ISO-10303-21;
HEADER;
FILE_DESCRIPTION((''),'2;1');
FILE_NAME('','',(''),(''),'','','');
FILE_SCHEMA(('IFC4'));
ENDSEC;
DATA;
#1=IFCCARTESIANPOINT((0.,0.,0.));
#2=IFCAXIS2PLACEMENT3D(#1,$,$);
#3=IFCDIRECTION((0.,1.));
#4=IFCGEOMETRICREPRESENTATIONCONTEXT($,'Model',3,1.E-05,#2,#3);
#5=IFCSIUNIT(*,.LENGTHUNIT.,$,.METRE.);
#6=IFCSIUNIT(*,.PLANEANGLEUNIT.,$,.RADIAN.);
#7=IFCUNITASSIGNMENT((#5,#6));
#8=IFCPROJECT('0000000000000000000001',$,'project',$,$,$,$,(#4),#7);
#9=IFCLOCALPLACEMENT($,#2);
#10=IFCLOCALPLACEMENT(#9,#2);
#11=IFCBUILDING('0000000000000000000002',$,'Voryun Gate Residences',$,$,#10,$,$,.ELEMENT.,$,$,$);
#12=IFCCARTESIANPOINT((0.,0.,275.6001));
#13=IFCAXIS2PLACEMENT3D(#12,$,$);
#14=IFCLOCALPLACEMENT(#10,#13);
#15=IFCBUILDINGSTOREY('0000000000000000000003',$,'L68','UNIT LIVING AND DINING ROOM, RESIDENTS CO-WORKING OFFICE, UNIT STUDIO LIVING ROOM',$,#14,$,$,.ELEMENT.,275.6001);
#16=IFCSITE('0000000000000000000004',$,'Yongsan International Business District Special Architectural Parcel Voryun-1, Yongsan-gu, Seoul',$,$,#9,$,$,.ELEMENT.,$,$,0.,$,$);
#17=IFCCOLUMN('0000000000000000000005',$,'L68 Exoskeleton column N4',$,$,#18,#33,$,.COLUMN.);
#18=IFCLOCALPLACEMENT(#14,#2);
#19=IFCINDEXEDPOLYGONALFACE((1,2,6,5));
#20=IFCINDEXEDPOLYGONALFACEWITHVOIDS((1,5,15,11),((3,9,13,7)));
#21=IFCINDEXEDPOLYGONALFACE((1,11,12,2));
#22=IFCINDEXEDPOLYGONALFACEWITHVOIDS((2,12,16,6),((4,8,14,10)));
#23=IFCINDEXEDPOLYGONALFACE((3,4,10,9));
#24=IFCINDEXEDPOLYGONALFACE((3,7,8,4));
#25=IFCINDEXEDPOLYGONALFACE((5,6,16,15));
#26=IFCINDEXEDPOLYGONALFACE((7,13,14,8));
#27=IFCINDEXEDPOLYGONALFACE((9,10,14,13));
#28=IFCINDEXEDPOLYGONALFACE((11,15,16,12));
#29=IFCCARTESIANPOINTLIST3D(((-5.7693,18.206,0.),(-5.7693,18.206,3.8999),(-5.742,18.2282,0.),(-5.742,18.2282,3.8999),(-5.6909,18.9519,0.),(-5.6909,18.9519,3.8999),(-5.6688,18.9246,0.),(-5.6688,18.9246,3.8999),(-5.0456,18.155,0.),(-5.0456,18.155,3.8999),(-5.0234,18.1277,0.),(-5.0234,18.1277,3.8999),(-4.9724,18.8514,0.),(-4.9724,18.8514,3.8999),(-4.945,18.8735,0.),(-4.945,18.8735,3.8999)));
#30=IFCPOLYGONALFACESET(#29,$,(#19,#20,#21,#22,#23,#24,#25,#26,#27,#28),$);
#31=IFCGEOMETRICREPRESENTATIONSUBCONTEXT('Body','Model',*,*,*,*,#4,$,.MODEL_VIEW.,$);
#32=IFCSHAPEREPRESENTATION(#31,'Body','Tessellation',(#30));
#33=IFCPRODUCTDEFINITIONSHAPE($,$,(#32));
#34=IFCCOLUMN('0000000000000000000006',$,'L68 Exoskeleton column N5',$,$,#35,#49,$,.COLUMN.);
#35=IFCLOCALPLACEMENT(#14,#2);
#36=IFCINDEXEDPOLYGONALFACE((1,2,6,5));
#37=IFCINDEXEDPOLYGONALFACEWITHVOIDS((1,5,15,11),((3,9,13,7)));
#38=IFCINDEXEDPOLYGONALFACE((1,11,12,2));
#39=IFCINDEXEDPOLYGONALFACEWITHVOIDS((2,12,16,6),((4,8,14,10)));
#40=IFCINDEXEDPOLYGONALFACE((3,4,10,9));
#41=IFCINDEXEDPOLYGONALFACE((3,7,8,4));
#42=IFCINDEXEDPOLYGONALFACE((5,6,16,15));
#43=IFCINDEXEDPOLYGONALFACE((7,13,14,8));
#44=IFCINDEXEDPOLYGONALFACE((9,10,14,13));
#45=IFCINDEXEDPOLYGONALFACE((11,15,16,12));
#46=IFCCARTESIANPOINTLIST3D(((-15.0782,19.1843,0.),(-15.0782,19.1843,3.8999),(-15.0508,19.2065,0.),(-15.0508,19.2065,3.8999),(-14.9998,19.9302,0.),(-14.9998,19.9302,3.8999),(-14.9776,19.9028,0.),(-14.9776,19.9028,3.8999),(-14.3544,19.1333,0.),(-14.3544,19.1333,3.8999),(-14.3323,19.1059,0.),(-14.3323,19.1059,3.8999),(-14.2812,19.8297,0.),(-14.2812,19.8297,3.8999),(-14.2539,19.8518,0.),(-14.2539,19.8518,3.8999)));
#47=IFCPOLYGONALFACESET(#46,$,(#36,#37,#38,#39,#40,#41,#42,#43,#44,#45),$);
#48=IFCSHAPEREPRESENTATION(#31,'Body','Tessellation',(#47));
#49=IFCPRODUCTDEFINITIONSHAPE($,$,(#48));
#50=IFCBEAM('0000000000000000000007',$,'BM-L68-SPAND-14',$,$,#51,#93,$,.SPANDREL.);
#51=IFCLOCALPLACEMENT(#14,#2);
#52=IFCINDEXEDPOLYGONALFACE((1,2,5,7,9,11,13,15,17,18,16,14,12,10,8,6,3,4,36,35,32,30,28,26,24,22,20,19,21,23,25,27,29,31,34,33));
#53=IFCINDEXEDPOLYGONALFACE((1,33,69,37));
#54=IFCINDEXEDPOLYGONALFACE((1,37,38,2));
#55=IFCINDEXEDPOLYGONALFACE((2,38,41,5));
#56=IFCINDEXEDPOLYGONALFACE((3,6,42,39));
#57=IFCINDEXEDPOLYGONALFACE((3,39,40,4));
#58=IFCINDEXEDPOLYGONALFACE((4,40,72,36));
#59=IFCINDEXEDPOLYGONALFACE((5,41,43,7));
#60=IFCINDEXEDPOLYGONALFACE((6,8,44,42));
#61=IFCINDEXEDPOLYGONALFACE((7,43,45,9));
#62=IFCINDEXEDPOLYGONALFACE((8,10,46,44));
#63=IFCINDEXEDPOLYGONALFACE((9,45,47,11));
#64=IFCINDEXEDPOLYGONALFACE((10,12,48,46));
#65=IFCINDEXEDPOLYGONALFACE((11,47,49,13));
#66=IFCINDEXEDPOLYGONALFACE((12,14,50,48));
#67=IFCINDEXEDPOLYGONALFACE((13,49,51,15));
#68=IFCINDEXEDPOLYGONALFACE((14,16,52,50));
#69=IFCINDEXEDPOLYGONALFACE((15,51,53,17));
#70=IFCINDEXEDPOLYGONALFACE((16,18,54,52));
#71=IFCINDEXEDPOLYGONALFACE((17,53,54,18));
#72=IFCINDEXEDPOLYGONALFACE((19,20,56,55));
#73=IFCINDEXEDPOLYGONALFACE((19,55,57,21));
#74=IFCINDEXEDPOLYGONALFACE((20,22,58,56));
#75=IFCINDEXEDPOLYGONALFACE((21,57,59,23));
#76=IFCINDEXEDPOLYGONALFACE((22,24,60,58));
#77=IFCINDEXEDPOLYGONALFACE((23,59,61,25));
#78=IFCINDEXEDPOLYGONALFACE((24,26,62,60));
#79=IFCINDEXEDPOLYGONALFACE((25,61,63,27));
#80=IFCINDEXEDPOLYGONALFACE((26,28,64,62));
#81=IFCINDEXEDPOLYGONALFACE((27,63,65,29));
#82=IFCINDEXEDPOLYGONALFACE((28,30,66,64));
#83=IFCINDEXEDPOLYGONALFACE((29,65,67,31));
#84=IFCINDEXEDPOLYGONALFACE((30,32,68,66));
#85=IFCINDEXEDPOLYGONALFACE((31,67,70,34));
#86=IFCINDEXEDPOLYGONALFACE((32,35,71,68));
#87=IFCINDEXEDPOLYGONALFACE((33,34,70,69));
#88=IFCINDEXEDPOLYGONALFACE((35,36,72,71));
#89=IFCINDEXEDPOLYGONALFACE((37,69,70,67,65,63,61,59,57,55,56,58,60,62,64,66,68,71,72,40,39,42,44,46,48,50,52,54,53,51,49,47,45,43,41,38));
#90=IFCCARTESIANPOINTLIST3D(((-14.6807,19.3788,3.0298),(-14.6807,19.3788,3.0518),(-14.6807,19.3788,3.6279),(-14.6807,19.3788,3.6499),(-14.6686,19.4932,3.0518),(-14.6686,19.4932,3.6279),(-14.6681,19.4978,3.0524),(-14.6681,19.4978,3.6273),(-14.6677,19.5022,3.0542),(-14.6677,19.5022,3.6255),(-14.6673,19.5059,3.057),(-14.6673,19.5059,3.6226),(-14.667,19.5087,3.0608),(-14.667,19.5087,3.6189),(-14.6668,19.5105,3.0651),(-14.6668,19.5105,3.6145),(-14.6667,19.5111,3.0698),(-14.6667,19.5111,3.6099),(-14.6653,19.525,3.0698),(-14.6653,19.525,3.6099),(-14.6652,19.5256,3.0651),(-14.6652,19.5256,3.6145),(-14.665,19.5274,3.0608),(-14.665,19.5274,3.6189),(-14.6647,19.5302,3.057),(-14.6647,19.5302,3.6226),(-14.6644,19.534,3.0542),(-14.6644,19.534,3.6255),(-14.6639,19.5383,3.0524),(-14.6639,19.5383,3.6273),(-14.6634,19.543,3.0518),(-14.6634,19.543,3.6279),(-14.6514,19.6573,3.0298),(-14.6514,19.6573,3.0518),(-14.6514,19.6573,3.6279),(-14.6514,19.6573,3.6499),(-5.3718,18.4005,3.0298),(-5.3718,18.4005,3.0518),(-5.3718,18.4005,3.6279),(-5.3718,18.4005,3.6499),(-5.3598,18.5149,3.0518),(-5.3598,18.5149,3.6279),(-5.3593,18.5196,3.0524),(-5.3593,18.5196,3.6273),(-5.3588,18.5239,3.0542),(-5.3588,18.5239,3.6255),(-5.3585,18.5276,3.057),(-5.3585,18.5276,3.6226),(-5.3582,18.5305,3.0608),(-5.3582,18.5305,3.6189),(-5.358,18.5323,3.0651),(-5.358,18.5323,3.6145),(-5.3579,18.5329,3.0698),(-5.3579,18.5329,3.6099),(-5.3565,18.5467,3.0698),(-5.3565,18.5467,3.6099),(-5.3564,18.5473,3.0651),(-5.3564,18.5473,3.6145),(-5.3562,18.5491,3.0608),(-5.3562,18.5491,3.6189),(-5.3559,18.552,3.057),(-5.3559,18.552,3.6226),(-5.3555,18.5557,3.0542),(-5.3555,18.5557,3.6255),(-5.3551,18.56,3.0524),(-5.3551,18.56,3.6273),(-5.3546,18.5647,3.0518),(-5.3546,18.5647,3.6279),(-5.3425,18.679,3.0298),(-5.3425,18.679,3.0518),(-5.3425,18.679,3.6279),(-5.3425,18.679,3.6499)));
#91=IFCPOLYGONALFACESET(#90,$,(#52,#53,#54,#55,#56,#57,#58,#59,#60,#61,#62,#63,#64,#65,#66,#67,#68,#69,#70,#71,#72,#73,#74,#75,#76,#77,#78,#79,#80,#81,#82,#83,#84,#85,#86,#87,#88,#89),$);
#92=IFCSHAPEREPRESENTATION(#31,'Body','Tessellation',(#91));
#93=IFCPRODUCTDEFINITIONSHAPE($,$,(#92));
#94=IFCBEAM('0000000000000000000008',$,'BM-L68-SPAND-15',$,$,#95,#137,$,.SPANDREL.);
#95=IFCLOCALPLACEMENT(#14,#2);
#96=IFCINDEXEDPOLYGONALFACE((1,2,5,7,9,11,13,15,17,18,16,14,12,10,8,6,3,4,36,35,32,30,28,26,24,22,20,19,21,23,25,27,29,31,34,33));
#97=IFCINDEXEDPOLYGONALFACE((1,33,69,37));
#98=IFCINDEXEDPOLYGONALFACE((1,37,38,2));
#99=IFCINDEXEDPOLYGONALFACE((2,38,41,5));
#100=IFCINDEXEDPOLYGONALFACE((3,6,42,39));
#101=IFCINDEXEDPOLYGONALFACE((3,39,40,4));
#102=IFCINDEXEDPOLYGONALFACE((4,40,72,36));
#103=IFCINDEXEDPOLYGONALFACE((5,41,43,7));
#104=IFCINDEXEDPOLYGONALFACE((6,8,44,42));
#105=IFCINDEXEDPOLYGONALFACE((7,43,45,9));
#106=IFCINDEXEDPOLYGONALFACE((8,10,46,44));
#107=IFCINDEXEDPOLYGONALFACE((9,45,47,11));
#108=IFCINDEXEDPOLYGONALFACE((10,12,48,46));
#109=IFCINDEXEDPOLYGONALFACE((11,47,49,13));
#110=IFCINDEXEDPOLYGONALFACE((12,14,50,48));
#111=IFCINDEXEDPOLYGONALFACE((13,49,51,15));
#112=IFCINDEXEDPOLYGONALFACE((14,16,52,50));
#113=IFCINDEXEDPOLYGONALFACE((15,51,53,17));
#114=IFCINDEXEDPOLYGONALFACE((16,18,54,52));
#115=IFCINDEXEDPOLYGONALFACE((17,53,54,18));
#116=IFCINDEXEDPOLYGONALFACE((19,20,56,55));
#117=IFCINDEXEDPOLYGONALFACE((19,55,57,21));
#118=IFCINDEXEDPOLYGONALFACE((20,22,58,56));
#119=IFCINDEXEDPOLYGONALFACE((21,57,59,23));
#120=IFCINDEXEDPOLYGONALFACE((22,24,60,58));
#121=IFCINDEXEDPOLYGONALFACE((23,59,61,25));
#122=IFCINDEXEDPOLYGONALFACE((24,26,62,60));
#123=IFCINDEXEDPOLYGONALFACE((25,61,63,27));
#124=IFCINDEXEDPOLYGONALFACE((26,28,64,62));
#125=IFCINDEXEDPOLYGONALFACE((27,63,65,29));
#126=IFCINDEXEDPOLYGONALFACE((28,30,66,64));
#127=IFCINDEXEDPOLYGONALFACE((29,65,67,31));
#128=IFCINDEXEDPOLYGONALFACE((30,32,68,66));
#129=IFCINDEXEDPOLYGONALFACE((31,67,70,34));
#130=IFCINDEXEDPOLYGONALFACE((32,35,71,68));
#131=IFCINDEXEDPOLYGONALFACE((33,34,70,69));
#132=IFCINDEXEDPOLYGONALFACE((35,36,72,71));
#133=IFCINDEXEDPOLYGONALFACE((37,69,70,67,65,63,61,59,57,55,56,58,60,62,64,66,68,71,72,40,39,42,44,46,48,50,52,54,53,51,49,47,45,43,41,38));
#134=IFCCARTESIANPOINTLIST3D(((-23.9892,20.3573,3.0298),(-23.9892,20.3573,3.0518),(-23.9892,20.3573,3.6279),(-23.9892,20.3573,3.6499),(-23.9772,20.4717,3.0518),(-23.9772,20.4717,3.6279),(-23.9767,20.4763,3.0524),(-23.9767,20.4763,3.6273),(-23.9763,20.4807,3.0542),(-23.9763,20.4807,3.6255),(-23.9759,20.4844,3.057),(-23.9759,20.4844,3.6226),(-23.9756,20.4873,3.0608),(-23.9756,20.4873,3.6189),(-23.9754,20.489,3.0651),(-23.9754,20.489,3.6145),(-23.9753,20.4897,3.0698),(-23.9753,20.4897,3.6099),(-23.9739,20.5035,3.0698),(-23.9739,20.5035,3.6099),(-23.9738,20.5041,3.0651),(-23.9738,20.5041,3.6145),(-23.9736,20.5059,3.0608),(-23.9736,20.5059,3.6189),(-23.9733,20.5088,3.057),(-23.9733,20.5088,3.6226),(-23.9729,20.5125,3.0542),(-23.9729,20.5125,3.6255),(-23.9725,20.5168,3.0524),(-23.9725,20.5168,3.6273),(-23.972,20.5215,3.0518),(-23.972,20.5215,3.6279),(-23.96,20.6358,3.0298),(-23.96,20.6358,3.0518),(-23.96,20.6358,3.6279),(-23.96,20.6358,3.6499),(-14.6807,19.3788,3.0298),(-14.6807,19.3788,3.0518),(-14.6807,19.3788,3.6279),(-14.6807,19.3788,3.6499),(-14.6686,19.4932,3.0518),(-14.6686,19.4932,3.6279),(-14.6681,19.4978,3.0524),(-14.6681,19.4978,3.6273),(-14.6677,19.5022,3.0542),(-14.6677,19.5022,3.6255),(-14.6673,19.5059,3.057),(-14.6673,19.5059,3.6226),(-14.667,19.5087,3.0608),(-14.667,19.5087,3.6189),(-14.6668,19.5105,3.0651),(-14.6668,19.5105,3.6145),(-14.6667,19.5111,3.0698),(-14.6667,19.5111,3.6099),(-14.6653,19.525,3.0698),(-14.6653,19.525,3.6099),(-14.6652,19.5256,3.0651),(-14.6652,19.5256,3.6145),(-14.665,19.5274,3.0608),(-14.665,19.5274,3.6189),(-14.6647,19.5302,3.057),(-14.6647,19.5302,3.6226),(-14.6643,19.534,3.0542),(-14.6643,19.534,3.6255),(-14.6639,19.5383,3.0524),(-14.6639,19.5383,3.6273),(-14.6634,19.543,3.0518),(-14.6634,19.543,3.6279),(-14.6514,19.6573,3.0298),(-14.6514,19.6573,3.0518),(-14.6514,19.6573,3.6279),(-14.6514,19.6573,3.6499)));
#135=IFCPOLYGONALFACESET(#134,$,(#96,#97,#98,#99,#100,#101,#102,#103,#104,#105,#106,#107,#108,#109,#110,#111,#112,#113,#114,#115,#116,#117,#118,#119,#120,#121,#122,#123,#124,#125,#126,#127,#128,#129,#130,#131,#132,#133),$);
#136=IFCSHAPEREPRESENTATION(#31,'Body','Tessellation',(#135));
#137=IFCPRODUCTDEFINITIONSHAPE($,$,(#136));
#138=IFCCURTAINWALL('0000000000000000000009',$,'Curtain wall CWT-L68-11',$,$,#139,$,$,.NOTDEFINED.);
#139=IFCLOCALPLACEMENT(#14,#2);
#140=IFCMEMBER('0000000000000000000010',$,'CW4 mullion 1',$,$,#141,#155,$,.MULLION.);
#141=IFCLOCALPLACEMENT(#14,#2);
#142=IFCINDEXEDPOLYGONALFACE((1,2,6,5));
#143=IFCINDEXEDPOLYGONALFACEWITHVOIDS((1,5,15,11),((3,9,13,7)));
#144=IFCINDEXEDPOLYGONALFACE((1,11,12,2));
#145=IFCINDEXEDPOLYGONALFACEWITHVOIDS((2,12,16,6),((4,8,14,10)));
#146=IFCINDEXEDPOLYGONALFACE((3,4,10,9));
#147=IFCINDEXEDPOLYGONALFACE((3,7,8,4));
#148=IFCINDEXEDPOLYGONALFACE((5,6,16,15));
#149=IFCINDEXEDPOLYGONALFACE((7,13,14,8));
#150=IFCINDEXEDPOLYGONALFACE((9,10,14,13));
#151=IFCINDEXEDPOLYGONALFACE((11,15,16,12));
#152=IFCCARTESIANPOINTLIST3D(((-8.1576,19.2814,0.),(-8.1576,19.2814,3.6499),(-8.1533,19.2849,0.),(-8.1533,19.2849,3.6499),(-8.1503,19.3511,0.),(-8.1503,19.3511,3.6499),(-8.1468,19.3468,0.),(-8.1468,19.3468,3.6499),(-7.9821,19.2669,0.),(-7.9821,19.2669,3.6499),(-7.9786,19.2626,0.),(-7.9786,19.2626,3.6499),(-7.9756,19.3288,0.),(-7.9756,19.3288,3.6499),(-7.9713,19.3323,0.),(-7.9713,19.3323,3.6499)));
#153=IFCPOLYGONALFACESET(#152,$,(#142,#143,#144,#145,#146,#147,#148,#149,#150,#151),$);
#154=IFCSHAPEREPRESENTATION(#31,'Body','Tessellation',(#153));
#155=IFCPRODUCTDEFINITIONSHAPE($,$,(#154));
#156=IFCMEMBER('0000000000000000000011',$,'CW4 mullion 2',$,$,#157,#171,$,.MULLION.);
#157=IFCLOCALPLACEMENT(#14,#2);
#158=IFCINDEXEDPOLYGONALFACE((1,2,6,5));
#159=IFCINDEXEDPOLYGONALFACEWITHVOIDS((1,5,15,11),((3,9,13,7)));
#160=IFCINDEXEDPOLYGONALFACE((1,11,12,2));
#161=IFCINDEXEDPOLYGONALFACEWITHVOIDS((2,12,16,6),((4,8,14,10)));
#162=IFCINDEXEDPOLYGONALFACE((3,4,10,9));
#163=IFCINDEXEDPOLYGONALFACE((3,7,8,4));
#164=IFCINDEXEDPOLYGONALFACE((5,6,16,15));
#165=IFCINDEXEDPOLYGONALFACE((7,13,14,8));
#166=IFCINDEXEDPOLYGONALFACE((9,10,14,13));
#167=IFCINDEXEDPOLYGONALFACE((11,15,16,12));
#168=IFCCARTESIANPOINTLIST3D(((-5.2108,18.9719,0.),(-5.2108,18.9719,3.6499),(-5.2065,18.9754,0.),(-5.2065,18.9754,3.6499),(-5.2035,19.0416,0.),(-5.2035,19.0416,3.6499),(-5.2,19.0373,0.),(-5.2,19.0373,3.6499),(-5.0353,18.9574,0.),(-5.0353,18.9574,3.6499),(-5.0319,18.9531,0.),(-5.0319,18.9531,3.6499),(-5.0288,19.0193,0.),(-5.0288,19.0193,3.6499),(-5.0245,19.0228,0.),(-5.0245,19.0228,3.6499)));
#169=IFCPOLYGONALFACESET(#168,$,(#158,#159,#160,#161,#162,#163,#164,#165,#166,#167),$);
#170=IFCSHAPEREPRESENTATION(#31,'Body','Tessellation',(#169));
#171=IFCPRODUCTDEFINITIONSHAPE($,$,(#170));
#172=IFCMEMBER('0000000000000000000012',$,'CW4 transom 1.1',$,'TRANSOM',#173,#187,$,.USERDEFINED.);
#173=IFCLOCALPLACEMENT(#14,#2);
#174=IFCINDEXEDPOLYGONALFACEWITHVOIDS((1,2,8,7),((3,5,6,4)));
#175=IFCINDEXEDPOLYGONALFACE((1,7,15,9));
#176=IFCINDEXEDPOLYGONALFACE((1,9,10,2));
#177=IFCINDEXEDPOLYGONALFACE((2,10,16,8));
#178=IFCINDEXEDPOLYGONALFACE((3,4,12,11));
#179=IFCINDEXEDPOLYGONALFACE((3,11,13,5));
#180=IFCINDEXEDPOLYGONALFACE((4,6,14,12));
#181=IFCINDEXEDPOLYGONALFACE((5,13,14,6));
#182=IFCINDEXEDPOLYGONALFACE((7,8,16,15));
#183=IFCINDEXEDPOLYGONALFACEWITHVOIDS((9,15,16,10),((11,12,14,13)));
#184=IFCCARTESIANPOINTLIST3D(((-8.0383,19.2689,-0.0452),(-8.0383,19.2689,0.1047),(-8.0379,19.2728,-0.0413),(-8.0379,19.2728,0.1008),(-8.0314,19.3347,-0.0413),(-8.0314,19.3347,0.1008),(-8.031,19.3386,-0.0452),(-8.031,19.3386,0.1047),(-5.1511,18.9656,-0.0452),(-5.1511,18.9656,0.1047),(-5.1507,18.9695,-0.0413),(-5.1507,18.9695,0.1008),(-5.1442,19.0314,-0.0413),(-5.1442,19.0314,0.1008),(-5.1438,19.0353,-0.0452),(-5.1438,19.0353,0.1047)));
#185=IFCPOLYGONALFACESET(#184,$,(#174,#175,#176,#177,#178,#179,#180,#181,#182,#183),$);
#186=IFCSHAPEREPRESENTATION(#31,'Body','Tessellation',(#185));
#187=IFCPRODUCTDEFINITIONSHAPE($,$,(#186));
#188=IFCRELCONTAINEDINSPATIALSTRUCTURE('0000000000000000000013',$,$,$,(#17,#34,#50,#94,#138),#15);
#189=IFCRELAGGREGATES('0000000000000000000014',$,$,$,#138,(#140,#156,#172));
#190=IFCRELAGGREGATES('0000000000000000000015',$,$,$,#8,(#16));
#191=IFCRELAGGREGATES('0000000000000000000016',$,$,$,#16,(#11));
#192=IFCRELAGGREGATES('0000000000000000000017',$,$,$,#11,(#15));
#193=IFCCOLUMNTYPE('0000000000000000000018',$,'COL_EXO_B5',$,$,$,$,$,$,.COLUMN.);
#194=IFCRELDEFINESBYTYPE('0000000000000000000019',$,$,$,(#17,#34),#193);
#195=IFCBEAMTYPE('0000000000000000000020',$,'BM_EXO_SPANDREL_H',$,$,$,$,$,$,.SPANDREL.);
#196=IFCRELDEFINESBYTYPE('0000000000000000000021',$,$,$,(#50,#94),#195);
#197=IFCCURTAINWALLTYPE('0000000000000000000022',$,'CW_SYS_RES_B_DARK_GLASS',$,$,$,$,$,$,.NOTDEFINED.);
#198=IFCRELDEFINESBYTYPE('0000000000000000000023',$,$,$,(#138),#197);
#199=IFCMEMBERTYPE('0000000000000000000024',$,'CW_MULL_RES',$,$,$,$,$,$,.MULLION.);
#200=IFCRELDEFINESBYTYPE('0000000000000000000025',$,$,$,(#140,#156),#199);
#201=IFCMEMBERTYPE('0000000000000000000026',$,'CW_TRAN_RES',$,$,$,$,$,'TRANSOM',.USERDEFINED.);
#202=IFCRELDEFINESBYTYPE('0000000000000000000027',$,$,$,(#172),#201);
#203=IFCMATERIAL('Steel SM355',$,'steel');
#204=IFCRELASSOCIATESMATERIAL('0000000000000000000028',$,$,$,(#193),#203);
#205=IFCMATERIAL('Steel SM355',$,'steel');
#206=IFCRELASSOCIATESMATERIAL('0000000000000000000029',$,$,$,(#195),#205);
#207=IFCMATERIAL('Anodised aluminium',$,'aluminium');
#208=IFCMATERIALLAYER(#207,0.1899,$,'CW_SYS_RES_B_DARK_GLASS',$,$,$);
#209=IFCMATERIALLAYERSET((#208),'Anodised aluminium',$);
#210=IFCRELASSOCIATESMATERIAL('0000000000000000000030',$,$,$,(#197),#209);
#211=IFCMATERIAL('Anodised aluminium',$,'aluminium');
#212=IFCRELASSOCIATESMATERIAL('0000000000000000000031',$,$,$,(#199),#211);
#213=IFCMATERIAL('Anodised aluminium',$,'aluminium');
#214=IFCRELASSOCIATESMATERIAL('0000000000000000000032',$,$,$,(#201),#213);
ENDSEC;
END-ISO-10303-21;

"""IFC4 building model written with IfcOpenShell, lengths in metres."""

from ifc_helpers import new_model, si_unit, direction, frame, origin, origin_2d, place, context, subcontext, project, spatial, hollow_rectangle, i_section, extrude, material, layer, layer_set, material_profile, profile_set, type_object, element, aggregate, save


model = new_model("IFC4")

# Units and contexts
model_context = context("Model", 3, precision=1e-05, world=origin(), true_north=direction((0.0, 1.0)))
body_context = subcontext(model_context, "Body", "Model", "MODEL_VIEW")
ifc_project = project(units=[si_unit("LENGTHUNIT", "METRE"), si_unit("PLANEANGLEUNIT", "RADIAN")], contexts=[model_context])

# Site, building, storey
site_placement = place(None, origin())
site = spatial("IfcSite", under=ifc_project, at=site_placement, Name="Yongsan International Business District Special Architectural Parcel Voryun-1, Yongsan-gu, Seoul", CompositionType="ELEMENT", RefElevation=0.0)
building_placement = place(site_placement, origin())
building = spatial("IfcBuilding", under=site, at=building_placement, Name="Voryun Gate Residences", CompositionType="ELEMENT")
storey_placement = place(building_placement, frame((0.0, 0.0, 275.6001)))
storey = spatial("IfcBuildingStorey", under=building, at=storey_placement, Name="L68", Description="UNIT LIVING AND DINING ROOM, RESIDENTS CO-WORKING OFFICE, UNIT STUDIO LIVING ROOM", CompositionType="ELEMENT", Elevation=275.6001)

# Columns
ifc_material_1 = material(Name="Steel SM355", Category="steel")
ifc_material_profile_1 = material_profile(ifc_material_1, hollow_rectangle(XDim=0.75, YDim=0.75, WallThickness=0.0249, at=origin_2d()), Name="BOX-750x750x25")
ifc_profile_set_1 = profile_set([ifc_material_profile_1], Name="Steel SM355")
column_type = type_object("IfcColumnType", Name="COL_EXO_B5", PredefinedType="COLUMN", material=ifc_profile_set_1)
for number, where, z_axis, x_axis, name in (
    (1, (-5.3572, 18.5398, 0.0), (0.0, 0.0, 1.0), (0.994522, -0.104528, 0.0), "L68 Exoskeleton column N4"),
    (2, (-14.666, 19.5181, 0.0), (0.0, 0.0, 1.0), (0.994522, -0.104528, 0.0), "L68 Exoskeleton column N5"),
):
    element("IfcColumn", number, at=place(storey_placement, frame(where, z_axis=z_axis, x_axis=x_axis)), inside=storey, type_object=column_type, Name=name, PredefinedType="COLUMN", context=body_context, shape_type="SweptSolid", body=[
        extrude(hollow_rectangle(XDim=0.75, YDim=0.75, WallThickness=0.0249, at=origin_2d()), origin(), (0.0, 0.0, 1.0), 3.8999),
    ])

# Beams
ifc_material_2 = material(Name="Steel SM355", Category="steel")
ifc_material_profile_2 = material_profile(ifc_material_2, i_section(OverallWidth=0.28, OverallDepth=0.6201, WebThickness=0.0139, FlangeThickness=0.022, FilletRadius=0.0181, at=origin_2d()), Name="H-620x280x14x22")
ifc_profile_set_2 = profile_set([ifc_material_profile_2], Name="Steel SM355")
beam_type = type_object("IfcBeamType", Name="BM_EXO_SPANDREL_H", PredefinedType="SPANDREL", material=ifc_profile_set_2)
beam_1_placement = place(storey_placement, frame((-5.3572, 18.5398, 3.3398), z_axis=(-0.994523, 0.104515, 0.0), x_axis=(-0.104515, -0.994523, 0.0)))
element("IfcBeam", 3, at=beam_1_placement, inside=storey, type_object=beam_type, Name="BM-L68-SPAND-14", PredefinedType="SPANDREL", context=body_context, shape_type="SweptSolid", body=[
    extrude(i_section(OverallWidth=0.28, OverallDepth=0.6201, WebThickness=0.0139, FlangeThickness=0.022, FilletRadius=0.0181, at=origin_2d()), origin(), (0.0, 0.0, 1.0), 9.3601),
])
beam_2_placement = place(storey_placement, frame((-14.666, 19.5181, 3.3398), z_axis=(-0.99452, 0.104544, 0.0), x_axis=(-0.104544, -0.99452, 0.0)))
element("IfcBeam", 4, at=beam_2_placement, inside=storey, type_object=beam_type, Name="BM-L68-SPAND-15", PredefinedType="SPANDREL", context=body_context, shape_type="SweptSolid", body=[
    extrude(i_section(OverallWidth=0.28, OverallDepth=0.6201, WebThickness=0.0139, FlangeThickness=0.022, FilletRadius=0.0181, at=origin_2d()), origin(), (0.0, 0.0, 1.0), 9.3599),
])

# Curtain wall, members
ifc_material_3 = material(Name="Anodised aluminium", Category="aluminium")
ifc_layer_1 = layer(ifc_material_3, 0.1899, Name="CW_SYS_RES_B_DARK_GLASS")
ifc_layer_set_1 = layer_set([ifc_layer_1], Name="Anodised aluminium")
curtain_wall_type = type_object("IfcCurtainWallType", Name="CW_SYS_RES_B_DARK_GLASS", PredefinedType="NOTDEFINED", material=ifc_layer_set_1)
curtain_wall_placement = place(storey_placement, origin())
curtain_wall = element("IfcCurtainWall", 5, at=curtain_wall_placement, inside=storey, type_object=curtain_wall_type, Name="Curtain wall CWT-L68-11", PredefinedType="NOTDEFINED")
ifc_material_4 = material(Name="Anodised aluminium", Category="aluminium")
ifc_material_profile_3 = material_profile(ifc_material_4, hollow_rectangle(XDim=0.0701, YDim=0.1799, WallThickness=0.0039, at=origin_2d()), Name="ALU-MULL-180x70x4")
ifc_profile_set_3 = profile_set([ifc_material_profile_3], Name="Anodised aluminium")
member_type_1 = type_object("IfcMemberType", Name="CW_MULL_RES", PredefinedType="MULLION", material=ifc_profile_set_3)
member_1_placement = place(storey_placement, frame((-8.0645, 19.3069, 0.0), z_axis=(0.0, 0.0, 1.0), x_axis=(0.104529, 0.994522, 0.0)))
member_1 = element("IfcMember", 6, at=member_1_placement, type_object=member_type_1, Name="CW4 mullion 1", PredefinedType="MULLION", context=body_context, shape_type="SweptSolid", body=[
    extrude(hollow_rectangle(XDim=0.0701, YDim=0.1799, WallThickness=0.0039, at=origin_2d()), origin(), (0.0, 0.0, 1.0), 3.6499),
])
member_2_placement = place(storey_placement, frame((-5.1177, 18.9973, 0.0), z_axis=(0.0, 0.0, 1.0), x_axis=(0.104529, 0.994522, 0.0)))
member_2 = element("IfcMember", 7, at=member_2_placement, type_object=member_type_1, Name="CW4 mullion 2", PredefinedType="MULLION", context=body_context, shape_type="SweptSolid", body=[
    extrude(hollow_rectangle(XDim=0.0701, YDim=0.1799, WallThickness=0.0039, at=origin_2d()), origin(), (0.0, 0.0, 1.0), 3.6499),
])
ifc_material_5 = material(Name="Anodised aluminium", Category="aluminium")
ifc_material_profile_4 = material_profile(ifc_material_5, hollow_rectangle(XDim=0.0701, YDim=0.1499, WallThickness=0.0039, at=origin_2d()), Name="ALU-TRAN-150x70x4")
ifc_profile_set_4 = profile_set([ifc_material_profile_4], Name="Anodised aluminium")
member_type_2 = type_object("IfcMemberType", Name="CW_TRAN_RES", ElementType="TRANSOM", PredefinedType="USERDEFINED", material=ifc_profile_set_4)
member_3_placement = place(storey_placement, frame((-8.0347, 19.3037, 0.0298), z_axis=(0.99453, -0.104448, 0.0), x_axis=(0.104448, 0.99453, 0.0)))
member_3 = element("IfcMember", 8, at=member_3_placement, type_object=member_type_2, Name="CW4 transom 1.1", ObjectType="TRANSOM", PredefinedType="USERDEFINED", context=body_context, shape_type="SweptSolid", body=[
    extrude(hollow_rectangle(XDim=0.0701, YDim=0.1499, WallThickness=0.0039, at=origin_2d()), origin(), (0.0, 0.0, 1.0), 2.9031),
])
aggregate(curtain_wall, [member_1, member_2, member_3])

save(model, "model.ifc")
